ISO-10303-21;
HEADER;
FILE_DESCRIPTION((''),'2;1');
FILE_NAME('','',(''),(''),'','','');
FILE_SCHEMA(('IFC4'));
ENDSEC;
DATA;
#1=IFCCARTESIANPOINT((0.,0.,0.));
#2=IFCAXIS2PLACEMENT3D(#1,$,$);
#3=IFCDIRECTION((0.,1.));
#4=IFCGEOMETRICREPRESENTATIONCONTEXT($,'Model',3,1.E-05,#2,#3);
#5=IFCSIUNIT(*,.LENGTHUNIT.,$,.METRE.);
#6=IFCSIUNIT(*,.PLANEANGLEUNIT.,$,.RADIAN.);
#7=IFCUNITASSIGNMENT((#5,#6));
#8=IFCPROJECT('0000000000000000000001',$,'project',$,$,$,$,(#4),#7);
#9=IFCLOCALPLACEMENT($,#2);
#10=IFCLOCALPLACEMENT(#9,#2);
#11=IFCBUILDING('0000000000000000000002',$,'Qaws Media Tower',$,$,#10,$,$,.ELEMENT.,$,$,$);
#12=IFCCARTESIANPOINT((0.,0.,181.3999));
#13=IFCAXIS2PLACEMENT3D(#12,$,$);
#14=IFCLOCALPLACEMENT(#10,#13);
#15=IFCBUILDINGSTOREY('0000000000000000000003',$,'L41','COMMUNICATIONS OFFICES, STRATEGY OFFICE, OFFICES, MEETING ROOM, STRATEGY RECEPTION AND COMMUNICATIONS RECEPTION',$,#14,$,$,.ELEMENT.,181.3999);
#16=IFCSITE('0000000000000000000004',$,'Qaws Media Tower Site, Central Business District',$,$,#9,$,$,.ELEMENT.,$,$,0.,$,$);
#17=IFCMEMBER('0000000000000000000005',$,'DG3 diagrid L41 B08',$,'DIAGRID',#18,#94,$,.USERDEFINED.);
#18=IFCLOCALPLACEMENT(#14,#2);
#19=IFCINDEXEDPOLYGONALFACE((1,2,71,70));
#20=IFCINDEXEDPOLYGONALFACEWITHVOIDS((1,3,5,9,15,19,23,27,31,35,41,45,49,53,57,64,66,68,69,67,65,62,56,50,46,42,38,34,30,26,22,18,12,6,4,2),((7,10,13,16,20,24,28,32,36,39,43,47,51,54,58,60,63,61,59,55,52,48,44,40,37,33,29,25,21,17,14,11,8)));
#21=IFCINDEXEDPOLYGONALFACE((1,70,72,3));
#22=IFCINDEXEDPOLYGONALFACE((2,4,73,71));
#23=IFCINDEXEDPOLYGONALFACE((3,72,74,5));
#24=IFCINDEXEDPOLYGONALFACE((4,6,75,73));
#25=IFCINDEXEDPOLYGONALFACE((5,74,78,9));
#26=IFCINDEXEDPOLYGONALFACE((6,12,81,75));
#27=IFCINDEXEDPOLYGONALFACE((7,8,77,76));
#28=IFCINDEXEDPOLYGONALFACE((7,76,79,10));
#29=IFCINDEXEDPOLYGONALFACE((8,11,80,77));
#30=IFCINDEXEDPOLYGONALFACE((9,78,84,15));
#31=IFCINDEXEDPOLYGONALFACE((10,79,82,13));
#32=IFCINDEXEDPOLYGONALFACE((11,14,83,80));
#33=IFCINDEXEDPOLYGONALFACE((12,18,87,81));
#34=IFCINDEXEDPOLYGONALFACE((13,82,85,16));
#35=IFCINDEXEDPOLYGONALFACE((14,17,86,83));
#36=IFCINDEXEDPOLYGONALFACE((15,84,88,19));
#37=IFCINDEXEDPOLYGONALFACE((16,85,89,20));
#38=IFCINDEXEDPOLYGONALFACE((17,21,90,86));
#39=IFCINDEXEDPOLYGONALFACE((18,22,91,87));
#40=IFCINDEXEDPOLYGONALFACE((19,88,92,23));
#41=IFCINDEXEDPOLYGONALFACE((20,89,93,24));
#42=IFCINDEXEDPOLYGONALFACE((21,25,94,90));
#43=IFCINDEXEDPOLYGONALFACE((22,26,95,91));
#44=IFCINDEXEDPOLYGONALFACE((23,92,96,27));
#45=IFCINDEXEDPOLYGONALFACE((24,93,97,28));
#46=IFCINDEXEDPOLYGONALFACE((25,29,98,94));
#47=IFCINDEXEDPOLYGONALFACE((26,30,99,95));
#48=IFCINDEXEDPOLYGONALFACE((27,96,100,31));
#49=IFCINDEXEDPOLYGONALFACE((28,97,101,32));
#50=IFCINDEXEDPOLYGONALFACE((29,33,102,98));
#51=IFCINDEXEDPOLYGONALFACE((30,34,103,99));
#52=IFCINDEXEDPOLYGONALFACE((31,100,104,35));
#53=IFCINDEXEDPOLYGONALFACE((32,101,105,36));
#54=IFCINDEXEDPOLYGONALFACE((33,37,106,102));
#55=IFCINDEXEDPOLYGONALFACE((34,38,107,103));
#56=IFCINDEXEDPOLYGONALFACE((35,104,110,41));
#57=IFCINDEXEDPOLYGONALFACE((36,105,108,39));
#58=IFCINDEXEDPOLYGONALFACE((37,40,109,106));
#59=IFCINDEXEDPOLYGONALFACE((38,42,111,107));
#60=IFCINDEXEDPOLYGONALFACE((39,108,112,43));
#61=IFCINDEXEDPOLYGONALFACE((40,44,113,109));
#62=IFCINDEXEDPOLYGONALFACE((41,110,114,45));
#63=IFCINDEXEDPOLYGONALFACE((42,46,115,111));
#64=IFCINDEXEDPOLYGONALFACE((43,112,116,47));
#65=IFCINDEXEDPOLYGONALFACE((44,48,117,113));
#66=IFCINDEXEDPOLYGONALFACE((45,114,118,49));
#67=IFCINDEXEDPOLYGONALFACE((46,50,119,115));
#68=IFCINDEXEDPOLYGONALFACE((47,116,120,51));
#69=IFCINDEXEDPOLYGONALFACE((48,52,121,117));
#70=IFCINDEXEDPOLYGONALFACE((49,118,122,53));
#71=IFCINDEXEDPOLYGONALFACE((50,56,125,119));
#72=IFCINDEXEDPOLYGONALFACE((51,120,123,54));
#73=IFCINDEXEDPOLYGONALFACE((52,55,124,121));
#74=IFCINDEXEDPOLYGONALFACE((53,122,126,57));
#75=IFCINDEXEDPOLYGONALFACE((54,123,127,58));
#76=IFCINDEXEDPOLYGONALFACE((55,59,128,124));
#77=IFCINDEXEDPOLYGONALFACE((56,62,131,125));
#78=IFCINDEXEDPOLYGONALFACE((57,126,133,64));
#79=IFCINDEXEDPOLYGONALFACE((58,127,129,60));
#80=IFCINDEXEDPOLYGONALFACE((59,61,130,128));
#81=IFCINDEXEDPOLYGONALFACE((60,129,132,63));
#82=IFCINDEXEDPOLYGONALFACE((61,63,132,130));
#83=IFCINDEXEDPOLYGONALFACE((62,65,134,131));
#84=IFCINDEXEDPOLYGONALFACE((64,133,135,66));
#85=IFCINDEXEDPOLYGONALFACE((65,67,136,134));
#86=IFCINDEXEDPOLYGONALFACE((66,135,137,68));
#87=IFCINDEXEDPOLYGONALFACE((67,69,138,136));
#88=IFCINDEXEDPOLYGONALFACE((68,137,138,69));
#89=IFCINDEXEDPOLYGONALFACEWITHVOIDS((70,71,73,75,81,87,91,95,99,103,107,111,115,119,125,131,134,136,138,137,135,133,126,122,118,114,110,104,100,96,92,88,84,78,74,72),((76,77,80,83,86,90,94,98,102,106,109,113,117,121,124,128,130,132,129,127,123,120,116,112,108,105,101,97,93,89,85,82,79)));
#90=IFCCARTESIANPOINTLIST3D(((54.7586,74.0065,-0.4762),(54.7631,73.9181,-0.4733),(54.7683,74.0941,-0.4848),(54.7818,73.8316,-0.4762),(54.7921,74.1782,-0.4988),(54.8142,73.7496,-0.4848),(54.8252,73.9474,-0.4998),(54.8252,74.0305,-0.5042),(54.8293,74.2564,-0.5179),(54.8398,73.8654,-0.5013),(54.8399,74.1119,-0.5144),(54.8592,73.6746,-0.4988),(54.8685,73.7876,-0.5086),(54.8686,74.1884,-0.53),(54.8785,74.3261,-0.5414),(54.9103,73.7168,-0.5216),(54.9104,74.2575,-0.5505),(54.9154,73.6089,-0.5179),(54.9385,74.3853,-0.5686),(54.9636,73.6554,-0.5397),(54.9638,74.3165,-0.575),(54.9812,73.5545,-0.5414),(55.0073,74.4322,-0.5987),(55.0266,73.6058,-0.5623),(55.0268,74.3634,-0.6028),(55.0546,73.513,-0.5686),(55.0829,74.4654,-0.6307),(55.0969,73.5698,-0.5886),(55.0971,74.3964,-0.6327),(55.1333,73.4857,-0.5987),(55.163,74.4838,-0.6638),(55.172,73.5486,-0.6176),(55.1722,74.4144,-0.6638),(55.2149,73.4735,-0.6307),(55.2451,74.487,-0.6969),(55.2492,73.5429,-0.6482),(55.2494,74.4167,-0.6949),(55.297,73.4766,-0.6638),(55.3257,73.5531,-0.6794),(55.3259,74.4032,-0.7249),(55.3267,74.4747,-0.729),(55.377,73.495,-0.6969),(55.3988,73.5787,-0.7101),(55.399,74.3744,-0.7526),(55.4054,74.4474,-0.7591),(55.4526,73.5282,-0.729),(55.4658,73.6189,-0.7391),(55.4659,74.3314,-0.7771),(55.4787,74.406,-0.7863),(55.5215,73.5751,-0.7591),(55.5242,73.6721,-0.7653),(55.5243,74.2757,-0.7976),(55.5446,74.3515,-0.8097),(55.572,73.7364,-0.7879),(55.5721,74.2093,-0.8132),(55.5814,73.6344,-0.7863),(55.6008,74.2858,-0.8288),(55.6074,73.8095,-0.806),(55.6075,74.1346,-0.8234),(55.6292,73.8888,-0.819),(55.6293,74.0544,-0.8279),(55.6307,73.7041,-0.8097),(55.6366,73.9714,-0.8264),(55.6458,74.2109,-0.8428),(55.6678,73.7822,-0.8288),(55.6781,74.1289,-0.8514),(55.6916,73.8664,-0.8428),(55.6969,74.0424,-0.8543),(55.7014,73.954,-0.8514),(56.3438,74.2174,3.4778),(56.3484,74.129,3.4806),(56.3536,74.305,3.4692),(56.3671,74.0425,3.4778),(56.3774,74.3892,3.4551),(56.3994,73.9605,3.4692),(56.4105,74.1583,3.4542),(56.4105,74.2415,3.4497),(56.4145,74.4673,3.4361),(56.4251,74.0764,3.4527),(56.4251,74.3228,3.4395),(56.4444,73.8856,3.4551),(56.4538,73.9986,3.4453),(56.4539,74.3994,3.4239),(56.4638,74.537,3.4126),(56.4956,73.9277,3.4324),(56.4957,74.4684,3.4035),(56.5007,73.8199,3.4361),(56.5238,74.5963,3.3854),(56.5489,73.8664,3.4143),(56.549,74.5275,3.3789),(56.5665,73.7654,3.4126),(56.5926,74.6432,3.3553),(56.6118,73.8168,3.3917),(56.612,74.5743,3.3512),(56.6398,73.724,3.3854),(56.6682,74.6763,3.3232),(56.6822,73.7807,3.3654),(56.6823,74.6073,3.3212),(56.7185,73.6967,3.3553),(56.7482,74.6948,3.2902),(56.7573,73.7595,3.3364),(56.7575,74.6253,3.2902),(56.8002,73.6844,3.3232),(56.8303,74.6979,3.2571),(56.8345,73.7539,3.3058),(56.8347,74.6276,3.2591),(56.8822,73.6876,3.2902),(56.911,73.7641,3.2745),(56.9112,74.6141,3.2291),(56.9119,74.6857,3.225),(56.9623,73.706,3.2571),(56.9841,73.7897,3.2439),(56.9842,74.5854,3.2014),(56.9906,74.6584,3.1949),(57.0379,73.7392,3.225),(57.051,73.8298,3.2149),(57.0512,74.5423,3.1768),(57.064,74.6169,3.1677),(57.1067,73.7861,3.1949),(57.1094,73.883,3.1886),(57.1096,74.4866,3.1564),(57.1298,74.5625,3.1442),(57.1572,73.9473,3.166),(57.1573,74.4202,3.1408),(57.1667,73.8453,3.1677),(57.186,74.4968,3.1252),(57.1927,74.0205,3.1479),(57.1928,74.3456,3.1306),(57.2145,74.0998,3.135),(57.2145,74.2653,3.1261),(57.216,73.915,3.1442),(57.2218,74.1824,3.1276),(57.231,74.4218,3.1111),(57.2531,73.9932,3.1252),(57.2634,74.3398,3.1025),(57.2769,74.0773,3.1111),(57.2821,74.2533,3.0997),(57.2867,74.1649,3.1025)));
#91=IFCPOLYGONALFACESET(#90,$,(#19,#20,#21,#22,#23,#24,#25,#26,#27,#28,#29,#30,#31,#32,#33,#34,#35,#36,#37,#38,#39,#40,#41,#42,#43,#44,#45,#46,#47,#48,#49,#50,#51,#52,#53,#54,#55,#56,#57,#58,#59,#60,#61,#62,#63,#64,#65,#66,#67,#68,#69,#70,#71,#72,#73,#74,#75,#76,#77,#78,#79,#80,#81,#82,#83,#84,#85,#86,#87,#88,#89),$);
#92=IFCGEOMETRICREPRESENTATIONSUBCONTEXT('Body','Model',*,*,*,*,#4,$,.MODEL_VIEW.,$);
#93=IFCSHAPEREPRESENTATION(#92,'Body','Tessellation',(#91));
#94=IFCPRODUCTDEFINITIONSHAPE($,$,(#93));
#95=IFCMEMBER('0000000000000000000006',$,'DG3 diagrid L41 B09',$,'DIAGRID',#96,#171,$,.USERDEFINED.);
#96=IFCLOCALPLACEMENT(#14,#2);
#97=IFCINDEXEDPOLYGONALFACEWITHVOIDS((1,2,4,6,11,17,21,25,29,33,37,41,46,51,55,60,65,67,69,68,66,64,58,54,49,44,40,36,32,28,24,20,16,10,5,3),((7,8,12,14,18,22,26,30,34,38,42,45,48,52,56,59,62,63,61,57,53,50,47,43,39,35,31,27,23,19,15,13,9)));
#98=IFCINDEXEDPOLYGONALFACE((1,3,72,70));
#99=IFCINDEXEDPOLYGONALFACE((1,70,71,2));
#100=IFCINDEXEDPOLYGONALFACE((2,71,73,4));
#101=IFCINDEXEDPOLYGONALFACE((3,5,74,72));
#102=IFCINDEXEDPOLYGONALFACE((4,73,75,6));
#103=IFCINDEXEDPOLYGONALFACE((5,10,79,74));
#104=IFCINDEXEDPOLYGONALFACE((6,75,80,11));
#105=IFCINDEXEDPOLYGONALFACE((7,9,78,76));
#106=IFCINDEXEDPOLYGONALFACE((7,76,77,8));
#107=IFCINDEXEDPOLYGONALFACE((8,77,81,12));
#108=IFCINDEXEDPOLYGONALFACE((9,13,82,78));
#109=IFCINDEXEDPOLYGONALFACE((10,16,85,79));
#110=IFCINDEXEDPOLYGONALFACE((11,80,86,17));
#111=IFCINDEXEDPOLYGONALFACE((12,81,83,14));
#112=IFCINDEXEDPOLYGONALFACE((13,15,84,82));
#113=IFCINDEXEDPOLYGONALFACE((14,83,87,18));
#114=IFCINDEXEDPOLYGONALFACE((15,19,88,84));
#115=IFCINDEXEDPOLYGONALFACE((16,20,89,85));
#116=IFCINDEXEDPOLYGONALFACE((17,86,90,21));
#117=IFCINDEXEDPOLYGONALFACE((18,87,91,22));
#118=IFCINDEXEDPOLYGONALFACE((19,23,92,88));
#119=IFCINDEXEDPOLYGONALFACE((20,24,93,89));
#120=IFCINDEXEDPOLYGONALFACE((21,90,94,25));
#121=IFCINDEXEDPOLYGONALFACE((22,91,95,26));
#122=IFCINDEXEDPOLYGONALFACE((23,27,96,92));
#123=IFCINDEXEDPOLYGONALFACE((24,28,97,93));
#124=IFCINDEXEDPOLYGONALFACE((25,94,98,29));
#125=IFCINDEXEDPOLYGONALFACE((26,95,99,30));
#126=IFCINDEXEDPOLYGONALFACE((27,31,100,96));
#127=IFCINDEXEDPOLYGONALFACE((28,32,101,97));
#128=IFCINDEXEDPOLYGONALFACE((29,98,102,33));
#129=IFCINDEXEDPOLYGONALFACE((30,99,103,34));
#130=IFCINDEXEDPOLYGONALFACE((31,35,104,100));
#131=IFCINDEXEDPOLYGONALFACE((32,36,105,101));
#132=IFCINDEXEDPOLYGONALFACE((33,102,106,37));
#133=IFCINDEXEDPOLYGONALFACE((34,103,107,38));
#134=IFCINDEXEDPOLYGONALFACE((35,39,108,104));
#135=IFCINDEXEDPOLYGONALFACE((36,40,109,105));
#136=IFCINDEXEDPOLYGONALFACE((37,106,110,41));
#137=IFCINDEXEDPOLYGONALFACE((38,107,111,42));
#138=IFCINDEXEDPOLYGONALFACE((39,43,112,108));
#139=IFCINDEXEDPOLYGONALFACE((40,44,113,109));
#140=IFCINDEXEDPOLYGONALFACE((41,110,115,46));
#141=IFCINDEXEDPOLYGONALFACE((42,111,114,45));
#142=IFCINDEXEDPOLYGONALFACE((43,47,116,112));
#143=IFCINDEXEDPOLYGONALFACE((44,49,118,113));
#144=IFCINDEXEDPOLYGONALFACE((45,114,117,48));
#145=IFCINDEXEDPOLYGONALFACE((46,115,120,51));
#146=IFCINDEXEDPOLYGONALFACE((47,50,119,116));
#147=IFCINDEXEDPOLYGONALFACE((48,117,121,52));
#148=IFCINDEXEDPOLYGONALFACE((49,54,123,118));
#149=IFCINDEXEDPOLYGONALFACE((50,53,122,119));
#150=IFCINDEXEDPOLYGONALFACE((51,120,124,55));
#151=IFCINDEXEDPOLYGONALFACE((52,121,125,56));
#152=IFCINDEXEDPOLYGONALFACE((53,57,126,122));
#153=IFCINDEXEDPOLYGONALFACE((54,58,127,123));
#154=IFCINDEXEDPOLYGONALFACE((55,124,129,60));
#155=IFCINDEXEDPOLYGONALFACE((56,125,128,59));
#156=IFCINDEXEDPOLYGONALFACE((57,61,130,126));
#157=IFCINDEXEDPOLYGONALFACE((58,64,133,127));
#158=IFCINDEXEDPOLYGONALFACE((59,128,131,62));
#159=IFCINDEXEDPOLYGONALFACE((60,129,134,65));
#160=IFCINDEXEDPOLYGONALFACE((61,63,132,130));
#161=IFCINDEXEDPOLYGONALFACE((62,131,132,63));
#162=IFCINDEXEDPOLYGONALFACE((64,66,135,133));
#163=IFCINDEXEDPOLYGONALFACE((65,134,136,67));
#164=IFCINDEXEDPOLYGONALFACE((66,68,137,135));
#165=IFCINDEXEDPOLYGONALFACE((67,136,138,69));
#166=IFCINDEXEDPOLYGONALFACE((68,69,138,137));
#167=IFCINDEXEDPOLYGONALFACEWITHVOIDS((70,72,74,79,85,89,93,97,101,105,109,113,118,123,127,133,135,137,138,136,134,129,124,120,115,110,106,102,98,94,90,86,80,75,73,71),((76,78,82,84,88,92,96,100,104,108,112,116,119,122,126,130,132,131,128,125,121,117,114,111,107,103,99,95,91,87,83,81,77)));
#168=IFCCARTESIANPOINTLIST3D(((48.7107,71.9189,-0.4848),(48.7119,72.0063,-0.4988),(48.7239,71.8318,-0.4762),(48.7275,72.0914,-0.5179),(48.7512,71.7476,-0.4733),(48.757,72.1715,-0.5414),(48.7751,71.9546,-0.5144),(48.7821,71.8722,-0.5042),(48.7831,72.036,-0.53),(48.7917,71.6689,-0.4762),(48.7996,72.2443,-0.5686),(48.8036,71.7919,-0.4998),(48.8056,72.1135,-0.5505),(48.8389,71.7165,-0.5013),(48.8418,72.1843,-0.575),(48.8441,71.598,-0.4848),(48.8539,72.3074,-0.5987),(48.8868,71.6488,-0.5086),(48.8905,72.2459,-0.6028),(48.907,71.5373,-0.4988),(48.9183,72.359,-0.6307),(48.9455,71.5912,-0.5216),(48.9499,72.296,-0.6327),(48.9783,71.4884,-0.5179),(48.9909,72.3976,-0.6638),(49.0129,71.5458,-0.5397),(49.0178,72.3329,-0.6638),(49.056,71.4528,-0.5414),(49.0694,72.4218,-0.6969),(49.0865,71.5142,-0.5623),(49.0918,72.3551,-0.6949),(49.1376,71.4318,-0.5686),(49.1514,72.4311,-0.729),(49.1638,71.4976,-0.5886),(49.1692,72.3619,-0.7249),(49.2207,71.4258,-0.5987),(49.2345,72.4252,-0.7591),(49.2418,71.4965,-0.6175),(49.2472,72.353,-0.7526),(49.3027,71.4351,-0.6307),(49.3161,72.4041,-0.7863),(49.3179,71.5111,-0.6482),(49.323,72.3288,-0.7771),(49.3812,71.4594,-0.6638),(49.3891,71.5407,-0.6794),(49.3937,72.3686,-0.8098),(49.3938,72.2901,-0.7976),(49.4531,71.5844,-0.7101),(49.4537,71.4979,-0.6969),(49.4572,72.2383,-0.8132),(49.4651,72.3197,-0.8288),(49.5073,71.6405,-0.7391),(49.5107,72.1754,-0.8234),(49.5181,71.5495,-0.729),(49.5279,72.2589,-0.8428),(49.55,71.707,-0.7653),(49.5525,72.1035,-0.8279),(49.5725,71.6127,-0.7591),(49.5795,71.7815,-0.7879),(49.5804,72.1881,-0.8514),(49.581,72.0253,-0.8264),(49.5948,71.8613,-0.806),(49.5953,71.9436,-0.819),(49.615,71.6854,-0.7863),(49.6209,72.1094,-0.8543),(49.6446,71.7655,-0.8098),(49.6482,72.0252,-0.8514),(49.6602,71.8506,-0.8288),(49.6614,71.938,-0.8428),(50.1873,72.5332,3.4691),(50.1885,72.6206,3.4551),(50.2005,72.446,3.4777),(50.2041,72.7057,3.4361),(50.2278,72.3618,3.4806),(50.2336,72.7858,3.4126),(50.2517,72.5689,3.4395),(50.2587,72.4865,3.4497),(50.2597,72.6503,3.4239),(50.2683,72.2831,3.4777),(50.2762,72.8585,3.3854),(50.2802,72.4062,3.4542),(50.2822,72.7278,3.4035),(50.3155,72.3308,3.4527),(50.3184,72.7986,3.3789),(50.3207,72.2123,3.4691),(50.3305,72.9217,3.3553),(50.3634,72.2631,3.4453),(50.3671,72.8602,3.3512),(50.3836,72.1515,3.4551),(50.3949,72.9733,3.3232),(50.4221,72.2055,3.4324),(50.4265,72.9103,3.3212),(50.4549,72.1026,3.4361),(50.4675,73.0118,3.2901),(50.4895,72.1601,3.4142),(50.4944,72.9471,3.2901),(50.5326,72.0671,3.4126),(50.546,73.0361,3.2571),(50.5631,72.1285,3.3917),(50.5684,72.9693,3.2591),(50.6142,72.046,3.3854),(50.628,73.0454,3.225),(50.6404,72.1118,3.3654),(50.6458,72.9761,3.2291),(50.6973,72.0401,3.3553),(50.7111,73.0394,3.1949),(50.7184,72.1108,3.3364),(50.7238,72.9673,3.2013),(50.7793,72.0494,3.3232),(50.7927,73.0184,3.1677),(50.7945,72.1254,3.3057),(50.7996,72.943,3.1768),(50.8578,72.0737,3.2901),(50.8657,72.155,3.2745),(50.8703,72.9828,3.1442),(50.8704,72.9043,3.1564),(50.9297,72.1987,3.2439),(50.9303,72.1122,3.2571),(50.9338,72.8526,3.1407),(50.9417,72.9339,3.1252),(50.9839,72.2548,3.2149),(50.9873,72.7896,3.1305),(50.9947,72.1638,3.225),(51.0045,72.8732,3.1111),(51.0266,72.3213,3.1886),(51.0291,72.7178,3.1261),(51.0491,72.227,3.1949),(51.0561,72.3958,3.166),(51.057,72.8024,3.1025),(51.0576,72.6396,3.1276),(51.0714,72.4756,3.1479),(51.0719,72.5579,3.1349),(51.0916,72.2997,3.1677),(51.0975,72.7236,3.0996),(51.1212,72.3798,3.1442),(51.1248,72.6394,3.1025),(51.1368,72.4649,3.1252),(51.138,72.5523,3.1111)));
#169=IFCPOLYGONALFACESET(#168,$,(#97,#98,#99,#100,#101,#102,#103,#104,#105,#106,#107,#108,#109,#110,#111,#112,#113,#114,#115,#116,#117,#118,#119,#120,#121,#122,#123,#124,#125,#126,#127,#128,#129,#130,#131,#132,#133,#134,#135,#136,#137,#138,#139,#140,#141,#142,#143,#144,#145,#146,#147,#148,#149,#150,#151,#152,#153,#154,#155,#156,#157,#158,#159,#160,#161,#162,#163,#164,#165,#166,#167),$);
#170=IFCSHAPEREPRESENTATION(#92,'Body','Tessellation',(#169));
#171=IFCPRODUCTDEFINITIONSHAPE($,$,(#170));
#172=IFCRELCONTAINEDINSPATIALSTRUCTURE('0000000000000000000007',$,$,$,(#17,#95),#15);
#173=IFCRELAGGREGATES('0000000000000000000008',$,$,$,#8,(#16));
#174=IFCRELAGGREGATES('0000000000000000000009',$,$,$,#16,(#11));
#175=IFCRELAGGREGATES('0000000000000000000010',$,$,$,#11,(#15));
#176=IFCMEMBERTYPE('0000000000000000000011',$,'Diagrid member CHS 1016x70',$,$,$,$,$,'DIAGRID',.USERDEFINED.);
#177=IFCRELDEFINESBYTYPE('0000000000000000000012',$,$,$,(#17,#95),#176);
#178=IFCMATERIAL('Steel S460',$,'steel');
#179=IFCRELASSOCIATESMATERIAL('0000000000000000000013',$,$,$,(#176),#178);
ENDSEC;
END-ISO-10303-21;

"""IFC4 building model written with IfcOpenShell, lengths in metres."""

from ifc_helpers import new_model, si_unit, direction, frame, origin, origin_2d, place, context, subcontext, project, spatial, hollow_circle, extrude, material, material_profile, profile_set, type_object, element, save


model = new_model("IFC4")

# Units and contexts
model_context = context("Model", 3, precision=1e-05, world=origin(), true_north=direction((0.0, 1.0)))
body_context = subcontext(model_context, "Body", "Model", "MODEL_VIEW")
ifc_project = project(units=[si_unit("LENGTHUNIT", "METRE"), si_unit("PLANEANGLEUNIT", "RADIAN")], contexts=[model_context])

# Site, building, storey
site_placement = place(None, origin())
site = spatial("IfcSite", under=ifc_project, at=site_placement, Name="Qaws Media Tower Site, Central Business District", CompositionType="ELEMENT", RefElevation=0.0)
building_placement = place(site_placement, origin())
building = spatial("IfcBuilding", under=site, at=building_placement, Name="Qaws Media Tower", CompositionType="ELEMENT")
storey_placement = place(building_placement, frame((0.0, 0.0, 181.3999)))
storey = spatial("IfcBuildingStorey", under=building, at=storey_placement, Name="L41", Description="COMMUNICATIONS OFFICES, STRATEGY OFFICE, OFFICES, MEETING ROOM, STRATEGY RECEPTION AND COMMUNICATIONS RECEPTION", CompositionType="ELEMENT", Elevation=181.3999)

# Members
ifc_material_1 = material(Name="Steel S460", Category="steel")
ifc_material_profile_1 = material_profile(ifc_material_1, hollow_circle(Radius=0.5081, WallThickness=0.0701, at=origin_2d()), Name="CHS 1016x70")
ifc_profile_set_1 = profile_set([ifc_material_profile_1], Name="Steel S460")
member_type_1 = type_object("IfcMemberType", Name="Diagrid member CHS 1016x70", ElementType="DIAGRID", PredefinedType="USERDEFINED", material=ifc_profile_set_1)
for number, where, z_axis, x_axis, name in (
    (1, (55.23, 73.9802, -0.6638), (0.371676, 0.049458, 0.927044), (-0.131904, 0.991263, 0.0), "DG3 diagrid L41 B08"),
    (2, (49.186, 71.9285, -0.6638), (0.346202, 0.144022, 0.927039), (-0.384095, 0.923294, 0.0), "DG3 diagrid L41 B09"),
):
    element("IfcMember", number, at=place(storey_placement, frame(where, z_axis=z_axis, x_axis=x_axis)), inside=storey, type_object=member_type_1, Name=name, ObjectType="DIAGRID", PredefinedType="USERDEFINED", context=body_context, shape_type="SweptSolid", body=[
        extrude(hollow_circle(Radius=0.5081, WallThickness=0.0701, at=origin_2d()), origin(), (0.0, 0.0, 1.0), 4.2651),
    ])

save(model, "model.ifc")
